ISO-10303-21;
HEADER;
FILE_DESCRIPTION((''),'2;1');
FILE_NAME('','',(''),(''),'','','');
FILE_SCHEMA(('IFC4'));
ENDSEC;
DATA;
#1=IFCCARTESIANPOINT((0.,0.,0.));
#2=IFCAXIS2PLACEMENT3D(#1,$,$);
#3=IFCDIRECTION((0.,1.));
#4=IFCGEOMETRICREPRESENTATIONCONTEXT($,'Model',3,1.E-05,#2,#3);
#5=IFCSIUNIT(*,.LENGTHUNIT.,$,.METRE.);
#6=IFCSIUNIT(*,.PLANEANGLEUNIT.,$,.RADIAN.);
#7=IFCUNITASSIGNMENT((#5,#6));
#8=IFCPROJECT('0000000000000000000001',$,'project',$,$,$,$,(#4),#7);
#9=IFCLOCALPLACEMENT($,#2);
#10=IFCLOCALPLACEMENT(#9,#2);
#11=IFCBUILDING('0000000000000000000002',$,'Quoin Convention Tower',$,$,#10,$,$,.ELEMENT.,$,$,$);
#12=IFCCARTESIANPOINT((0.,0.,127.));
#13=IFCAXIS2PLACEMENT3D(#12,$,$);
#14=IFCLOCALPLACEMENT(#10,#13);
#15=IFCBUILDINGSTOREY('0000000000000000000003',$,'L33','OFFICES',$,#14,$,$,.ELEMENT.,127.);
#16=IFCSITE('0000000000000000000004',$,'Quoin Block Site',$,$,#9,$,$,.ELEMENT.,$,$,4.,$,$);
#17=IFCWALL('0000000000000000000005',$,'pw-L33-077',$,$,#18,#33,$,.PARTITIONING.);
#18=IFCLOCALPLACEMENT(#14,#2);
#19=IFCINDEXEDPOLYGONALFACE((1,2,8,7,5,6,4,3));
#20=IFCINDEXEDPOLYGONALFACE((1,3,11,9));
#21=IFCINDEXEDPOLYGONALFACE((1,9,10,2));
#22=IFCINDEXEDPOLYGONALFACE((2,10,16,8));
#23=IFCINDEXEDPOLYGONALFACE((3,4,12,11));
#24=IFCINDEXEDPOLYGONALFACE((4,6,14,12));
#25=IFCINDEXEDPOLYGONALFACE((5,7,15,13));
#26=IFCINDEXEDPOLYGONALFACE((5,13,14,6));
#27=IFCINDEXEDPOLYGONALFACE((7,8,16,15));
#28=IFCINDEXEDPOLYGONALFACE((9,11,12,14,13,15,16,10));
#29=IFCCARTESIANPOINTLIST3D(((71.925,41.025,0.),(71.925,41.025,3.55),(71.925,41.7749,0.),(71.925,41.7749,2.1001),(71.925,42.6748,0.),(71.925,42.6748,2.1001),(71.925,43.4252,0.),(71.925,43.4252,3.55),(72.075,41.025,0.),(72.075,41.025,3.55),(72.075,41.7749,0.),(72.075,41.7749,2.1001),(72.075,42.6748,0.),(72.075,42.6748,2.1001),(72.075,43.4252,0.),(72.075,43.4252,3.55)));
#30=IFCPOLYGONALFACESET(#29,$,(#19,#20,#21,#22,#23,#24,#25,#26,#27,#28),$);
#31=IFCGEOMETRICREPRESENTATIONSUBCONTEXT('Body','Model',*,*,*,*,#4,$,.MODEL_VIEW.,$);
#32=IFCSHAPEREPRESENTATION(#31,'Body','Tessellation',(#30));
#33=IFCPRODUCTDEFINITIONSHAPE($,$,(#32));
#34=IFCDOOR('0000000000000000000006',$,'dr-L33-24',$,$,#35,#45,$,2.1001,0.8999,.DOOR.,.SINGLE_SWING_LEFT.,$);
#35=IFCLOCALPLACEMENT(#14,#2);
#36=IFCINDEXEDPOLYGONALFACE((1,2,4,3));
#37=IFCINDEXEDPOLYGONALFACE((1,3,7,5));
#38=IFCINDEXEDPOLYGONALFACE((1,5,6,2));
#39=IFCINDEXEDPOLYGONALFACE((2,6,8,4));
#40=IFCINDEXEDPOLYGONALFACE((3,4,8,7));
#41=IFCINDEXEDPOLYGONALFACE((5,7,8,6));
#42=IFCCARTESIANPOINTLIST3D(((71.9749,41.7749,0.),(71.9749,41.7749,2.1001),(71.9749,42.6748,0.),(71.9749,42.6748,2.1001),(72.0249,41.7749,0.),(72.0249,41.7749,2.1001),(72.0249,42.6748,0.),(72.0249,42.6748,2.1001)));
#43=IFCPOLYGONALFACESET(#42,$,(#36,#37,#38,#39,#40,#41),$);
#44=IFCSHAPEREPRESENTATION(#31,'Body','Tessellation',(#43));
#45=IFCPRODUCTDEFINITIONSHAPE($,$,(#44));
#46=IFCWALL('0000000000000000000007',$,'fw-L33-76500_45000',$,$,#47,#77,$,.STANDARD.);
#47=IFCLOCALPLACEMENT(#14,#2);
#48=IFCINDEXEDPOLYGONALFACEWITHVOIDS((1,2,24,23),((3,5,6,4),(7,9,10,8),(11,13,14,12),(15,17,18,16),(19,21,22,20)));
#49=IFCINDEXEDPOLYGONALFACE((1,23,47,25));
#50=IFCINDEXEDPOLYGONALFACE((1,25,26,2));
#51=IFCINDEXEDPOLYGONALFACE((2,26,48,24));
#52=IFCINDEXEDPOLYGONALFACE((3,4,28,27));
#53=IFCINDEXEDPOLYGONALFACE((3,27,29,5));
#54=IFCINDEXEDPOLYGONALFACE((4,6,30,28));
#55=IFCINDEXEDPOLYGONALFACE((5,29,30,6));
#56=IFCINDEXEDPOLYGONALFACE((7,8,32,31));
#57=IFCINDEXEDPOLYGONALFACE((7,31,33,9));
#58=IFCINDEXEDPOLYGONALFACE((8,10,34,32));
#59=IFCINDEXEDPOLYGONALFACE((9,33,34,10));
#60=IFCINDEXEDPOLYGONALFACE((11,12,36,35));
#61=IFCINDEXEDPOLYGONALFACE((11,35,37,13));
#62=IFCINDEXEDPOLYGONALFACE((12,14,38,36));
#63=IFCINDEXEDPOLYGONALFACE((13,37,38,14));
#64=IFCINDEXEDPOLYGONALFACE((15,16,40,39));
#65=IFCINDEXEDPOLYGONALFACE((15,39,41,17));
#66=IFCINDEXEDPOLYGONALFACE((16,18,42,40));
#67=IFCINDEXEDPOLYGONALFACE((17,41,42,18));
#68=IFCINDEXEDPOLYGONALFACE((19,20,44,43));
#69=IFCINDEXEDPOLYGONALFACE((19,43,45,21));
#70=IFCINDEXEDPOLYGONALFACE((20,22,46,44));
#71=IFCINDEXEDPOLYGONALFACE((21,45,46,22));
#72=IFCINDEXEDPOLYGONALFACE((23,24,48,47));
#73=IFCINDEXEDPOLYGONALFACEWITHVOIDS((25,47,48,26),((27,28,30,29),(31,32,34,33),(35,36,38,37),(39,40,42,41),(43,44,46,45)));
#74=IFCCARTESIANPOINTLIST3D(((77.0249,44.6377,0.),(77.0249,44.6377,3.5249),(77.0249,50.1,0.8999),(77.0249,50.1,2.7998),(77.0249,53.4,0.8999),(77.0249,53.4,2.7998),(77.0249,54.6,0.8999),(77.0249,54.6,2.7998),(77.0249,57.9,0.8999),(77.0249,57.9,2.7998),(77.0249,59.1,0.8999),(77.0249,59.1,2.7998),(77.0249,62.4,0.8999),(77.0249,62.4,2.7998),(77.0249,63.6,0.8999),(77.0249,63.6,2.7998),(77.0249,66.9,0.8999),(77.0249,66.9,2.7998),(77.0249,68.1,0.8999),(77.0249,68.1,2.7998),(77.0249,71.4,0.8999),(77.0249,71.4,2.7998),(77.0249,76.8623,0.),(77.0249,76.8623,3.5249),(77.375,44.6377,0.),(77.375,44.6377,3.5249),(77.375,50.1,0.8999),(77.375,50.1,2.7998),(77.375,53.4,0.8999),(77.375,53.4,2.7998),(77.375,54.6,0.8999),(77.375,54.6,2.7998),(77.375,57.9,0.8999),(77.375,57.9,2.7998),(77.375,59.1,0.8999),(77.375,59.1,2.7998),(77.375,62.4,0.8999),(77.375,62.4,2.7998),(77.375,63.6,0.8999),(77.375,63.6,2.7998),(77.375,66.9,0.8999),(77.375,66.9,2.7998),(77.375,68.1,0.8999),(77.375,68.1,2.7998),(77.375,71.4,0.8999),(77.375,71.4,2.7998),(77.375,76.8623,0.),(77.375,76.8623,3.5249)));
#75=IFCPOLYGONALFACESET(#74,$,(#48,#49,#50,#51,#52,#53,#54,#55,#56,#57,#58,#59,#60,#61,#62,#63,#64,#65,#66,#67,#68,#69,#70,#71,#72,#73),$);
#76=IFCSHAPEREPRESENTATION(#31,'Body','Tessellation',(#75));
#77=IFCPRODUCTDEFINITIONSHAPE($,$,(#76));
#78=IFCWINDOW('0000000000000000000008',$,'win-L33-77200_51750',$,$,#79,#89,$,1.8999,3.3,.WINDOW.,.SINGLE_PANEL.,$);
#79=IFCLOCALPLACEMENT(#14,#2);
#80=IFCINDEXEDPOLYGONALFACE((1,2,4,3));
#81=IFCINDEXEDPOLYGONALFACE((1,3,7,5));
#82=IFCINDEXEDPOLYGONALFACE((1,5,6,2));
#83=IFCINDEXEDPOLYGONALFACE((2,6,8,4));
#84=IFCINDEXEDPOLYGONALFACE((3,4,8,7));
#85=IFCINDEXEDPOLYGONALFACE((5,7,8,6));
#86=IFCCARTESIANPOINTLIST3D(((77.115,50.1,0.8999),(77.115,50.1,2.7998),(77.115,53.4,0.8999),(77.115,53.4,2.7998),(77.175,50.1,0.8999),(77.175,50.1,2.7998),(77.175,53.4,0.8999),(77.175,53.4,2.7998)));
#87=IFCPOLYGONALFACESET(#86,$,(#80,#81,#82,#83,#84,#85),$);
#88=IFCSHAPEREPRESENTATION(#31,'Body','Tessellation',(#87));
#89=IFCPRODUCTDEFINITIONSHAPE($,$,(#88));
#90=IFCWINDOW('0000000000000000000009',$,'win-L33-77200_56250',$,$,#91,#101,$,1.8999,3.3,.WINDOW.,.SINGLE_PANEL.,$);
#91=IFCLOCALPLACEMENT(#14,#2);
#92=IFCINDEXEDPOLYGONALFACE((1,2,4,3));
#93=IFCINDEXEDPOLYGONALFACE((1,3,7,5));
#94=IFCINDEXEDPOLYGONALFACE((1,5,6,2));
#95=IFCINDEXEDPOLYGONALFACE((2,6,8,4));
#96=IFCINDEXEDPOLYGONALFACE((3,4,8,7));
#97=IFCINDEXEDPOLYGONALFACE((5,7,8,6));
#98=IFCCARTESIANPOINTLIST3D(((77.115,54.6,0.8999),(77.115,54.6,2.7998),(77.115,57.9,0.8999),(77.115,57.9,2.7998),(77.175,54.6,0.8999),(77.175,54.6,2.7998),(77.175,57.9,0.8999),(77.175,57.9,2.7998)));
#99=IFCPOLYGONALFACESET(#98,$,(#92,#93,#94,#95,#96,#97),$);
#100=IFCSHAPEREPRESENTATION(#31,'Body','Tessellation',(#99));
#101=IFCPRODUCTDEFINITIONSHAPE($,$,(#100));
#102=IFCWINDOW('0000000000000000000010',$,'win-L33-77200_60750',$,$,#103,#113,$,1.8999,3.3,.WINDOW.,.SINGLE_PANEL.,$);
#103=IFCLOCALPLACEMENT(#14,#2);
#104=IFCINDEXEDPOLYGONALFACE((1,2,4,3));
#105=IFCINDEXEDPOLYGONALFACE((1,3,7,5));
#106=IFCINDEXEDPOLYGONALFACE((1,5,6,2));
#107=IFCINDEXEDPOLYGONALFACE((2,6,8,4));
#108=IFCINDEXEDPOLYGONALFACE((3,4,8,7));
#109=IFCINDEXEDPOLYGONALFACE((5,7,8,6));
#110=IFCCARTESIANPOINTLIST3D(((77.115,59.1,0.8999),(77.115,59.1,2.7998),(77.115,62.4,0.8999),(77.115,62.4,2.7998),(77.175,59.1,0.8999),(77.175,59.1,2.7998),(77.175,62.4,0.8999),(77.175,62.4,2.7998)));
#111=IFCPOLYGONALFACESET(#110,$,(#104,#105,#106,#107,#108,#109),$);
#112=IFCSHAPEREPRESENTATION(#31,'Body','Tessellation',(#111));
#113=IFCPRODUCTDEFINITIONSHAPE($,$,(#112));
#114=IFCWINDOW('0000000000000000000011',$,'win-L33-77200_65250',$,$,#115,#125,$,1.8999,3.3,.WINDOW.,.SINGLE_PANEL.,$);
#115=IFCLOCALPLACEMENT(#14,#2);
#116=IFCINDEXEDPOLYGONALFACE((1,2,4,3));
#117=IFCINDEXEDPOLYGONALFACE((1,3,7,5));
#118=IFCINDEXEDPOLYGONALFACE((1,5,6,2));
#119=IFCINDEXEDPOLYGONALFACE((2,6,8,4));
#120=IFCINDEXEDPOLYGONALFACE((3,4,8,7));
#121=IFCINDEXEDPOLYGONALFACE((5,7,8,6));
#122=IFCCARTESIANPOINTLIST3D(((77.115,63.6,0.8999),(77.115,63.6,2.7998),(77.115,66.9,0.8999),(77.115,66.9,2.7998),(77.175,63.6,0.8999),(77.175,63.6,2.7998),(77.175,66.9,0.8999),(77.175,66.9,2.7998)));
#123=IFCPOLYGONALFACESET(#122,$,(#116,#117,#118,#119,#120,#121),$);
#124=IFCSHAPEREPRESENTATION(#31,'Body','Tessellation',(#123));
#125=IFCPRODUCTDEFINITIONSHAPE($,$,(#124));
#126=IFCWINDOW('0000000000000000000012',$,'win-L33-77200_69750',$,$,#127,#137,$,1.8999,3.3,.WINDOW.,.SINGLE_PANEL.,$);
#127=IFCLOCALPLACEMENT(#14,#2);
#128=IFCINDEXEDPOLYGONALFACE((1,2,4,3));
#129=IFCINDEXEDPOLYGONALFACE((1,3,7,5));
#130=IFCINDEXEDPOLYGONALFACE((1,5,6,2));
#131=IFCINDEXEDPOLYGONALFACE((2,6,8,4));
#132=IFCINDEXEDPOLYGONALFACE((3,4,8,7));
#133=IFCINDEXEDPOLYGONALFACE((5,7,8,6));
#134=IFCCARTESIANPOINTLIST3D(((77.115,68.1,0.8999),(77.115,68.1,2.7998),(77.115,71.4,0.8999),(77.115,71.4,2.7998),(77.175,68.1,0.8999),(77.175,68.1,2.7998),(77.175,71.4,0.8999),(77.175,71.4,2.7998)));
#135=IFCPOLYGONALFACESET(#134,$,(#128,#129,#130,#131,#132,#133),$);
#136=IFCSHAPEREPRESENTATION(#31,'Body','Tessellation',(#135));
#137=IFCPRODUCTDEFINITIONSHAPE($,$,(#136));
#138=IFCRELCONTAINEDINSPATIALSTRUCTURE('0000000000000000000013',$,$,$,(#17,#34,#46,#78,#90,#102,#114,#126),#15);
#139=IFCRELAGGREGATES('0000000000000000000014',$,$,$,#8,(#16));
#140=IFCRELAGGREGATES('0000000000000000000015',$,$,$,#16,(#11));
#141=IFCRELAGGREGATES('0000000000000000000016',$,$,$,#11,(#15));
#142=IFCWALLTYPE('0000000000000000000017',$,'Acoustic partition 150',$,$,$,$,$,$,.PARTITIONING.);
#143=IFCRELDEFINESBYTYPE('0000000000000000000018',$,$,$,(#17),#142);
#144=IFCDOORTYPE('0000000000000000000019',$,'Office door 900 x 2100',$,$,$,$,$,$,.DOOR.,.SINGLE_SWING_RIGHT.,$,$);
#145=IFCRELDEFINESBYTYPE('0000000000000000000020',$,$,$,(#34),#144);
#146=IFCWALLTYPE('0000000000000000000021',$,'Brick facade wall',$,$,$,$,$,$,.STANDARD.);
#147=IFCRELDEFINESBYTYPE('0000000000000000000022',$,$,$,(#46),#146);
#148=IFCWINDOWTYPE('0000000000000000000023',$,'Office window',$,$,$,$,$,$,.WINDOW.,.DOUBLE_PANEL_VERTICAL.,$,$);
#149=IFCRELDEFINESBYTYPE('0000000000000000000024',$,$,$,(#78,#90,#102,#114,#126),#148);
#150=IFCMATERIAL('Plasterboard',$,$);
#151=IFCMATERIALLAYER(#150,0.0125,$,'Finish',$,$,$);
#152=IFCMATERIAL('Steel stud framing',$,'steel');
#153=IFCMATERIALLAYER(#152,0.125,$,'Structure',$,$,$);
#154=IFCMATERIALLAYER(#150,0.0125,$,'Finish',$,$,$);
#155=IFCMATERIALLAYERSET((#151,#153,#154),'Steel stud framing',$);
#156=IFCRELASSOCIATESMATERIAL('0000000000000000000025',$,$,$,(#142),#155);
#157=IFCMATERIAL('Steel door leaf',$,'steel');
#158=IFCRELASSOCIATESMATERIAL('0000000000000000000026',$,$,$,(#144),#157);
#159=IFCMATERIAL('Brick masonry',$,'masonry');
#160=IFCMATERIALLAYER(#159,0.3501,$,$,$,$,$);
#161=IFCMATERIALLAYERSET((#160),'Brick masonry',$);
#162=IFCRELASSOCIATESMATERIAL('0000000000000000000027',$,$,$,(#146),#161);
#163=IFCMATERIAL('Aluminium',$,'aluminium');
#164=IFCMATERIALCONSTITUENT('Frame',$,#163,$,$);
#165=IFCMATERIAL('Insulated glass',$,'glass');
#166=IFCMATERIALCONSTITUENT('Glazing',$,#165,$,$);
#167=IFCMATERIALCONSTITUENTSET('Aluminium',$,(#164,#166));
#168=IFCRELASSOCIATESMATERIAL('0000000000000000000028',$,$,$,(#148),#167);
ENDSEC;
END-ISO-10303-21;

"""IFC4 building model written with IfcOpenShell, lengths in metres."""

from ifc_helpers import new_model, si_unit, direction, frame, frame_2d, origin, place, context, subcontext, project, spatial, rectangle, extrude, material, layer, layer_set, constituent, constituent_set, type_object, element, fill, save


model = new_model("IFC4")

# Units and contexts
model_context = context("Model", 3, precision=1e-05, world=origin(), true_north=direction((0.0, 1.0)))
body_context = subcontext(model_context, "Body", "Model", "MODEL_VIEW")
ifc_project = project(units=[si_unit("LENGTHUNIT", "METRE"), si_unit("PLANEANGLEUNIT", "RADIAN")], contexts=[model_context])

# Site, building, storey
site_placement = place(None, origin())
site = spatial("IfcSite", under=ifc_project, at=site_placement, Name="Quoin Block Site", CompositionType="ELEMENT", RefElevation=4.0)
building_placement = place(site_placement, origin())
building = spatial("IfcBuilding", under=site, at=building_placement, Name="Quoin Convention Tower", CompositionType="ELEMENT")
storey_placement = place(building_placement, frame((0.0, 0.0, 127.0)))
storey = spatial("IfcBuildingStorey", under=building, at=storey_placement, Name="L33", Description="OFFICES", CompositionType="ELEMENT", Elevation=127.0)

# Wall, opening, door
ifc_material_1 = material(Name="Plasterboard")
ifc_layer_1 = layer(ifc_material_1, 0.0125, Name="Finish")
ifc_material_2 = material(Name="Steel stud framing", Category="steel")
ifc_layer_2 = layer(ifc_material_2, 0.125, Name="Structure")
ifc_layer_3 = layer(ifc_material_1, 0.0125, Name="Finish")
ifc_layer_set_1 = layer_set([ifc_layer_1, ifc_layer_2, ifc_layer_3], Name="Steel stud framing")
wall_type_1 = type_object("IfcWallType", Name="Acoustic partition 150", PredefinedType="PARTITIONING", material=ifc_layer_set_1)
wall_1_placement = place(storey_placement, frame((72.0, 41.0249, 0.0), z_axis=(0.0, 0.0, 1.0), x_axis=(0.0, 1.0, 0.0)))
wall_1 = element("IfcWall", 1, at=wall_1_placement, inside=storey, type_object=wall_type_1, Name="pw-L33-077", PredefinedType="PARTITIONING", context=body_context, shape_type="SweptSolid", body=[
    extrude(rectangle(XDim=2.4001, YDim=0.1499, at=frame_2d((1.2002, 0.0))), origin(), (0.0, 0.0, 1.0), 3.55),
])
opening_1_placement = place(wall_1_placement, frame((0.75, 0.0, 0.0)))
opening_1 = element("IfcOpeningElement", 2, at=opening_1_placement, cuts=wall_1, PredefinedType="OPENING", context=body_context, shape_type="SweptSolid", body=[
    extrude(rectangle(XDim=0.8999, YDim=2.1001, at=frame_2d((0.45, 1.05))), frame((0.0, 0.085, 0.0), z_axis=(0.0, -1.0, 0.0), x_axis=(1.0, 0.0, 0.0)), (0.0, 0.0, 1.0), 0.1699),
])
ifc_material_3 = material(Name="Steel door leaf", Category="steel")
door_type_1 = type_object("IfcDoorType", Name="Office door 900 x 2100", OperationType="SINGLE_SWING_RIGHT", PredefinedType="DOOR", material=ifc_material_3)
door_1_placement = place(opening_1_placement, frame((0.8999, 0.0, 0.0), z_axis=(0.0, 0.0, 1.0), x_axis=(-1.0, 0.0, 0.0)))
door_1 = element("IfcDoor", 3, at=door_1_placement, inside=storey, type_object=door_type_1, Name="dr-L33-24", OperationType="SINGLE_SWING_LEFT", OverallHeight=2.1001, OverallWidth=0.8999, PredefinedType="DOOR", context=body_context, shape_type="SweptSolid", body=[
    extrude(rectangle(XDim=0.8999, YDim=2.1001, at=frame_2d((0.45, 1.05))), frame((0.0, 0.0249, 0.0), z_axis=(0.0, -1.0, 0.0), x_axis=(1.0, 0.0, 0.0)), (0.0, 0.0, 1.0), 0.05),
])
fill(opening_1, door_1)

# Wall, openings, windows
ifc_material_4 = material(Name="Brick masonry", Category="masonry")
ifc_layer_4 = layer(ifc_material_4, 0.3501)
ifc_layer_set_2 = layer_set([ifc_layer_4], Name="Brick masonry")
wall_type_2 = type_object("IfcWallType", Name="Brick facade wall", PredefinedType="STANDARD", material=ifc_layer_set_2)
wall_2_placement = place(storey_placement, frame((77.2, 44.6377, 0.0), z_axis=(0.0, 0.0, 1.0), x_axis=(0.0, 1.0, 0.0)))
wall_2 = element("IfcWall", 4, at=wall_2_placement, inside=storey, type_object=wall_type_2, Name="fw-L33-76500_45000", PredefinedType="STANDARD", context=body_context, shape_type="SweptSolid", body=[
    extrude(rectangle(XDim=32.2246, YDim=0.3501, at=frame_2d((16.1123, 0.0))), origin(), (0.0, 0.0, 1.0), 3.5249),
])
opening_2_placement = place(wall_2_placement, frame((5.4624, 0.0, 0.8999)))
opening_2 = element("IfcOpeningElement", 5, at=opening_2_placement, cuts=wall_2, PredefinedType="OPENING", context=body_context, shape_type="SweptSolid", body=[
    extrude(rectangle(XDim=3.3, YDim=1.8999, at=frame_2d((1.6499, 0.95))), frame((0.0, 0.1851, 0.0), z_axis=(0.0, -1.0, 0.0), x_axis=(1.0, 0.0, 0.0)), (0.0, 0.0, 1.0), 0.3701),
])
opening_3_placement = place(wall_2_placement, frame((9.9624, 0.0, 0.8999)))
opening_3 = element("IfcOpeningElement", 6, at=opening_3_placement, cuts=wall_2, PredefinedType="OPENING", context=body_context, shape_type="SweptSolid", body=[
    extrude(rectangle(XDim=3.3, YDim=1.8999, at=frame_2d((1.6499, 0.95))), frame((0.0, 0.1851, 0.0), z_axis=(0.0, -1.0, 0.0), x_axis=(1.0, 0.0, 0.0)), (0.0, 0.0, 1.0), 0.3701),
])
opening_4_placement = place(wall_2_placement, frame((14.4624, 0.0, 0.8999)))
opening_4 = element("IfcOpeningElement", 7, at=opening_4_placement, cuts=wall_2, PredefinedType="OPENING", context=body_context, shape_type="SweptSolid", body=[
    extrude(rectangle(XDim=3.3, YDim=1.8999, at=frame_2d((1.6499, 0.95))), frame((0.0, 0.1851, 0.0), z_axis=(0.0, -1.0, 0.0), x_axis=(1.0, 0.0, 0.0)), (0.0, 0.0, 1.0), 0.3701),
])
opening_5_placement = place(wall_2_placement, frame((18.9624, 0.0, 0.8999)))
opening_5 = element("IfcOpeningElement", 8, at=opening_5_placement, cuts=wall_2, PredefinedType="OPENING", context=body_context, shape_type="SweptSolid", body=[
    extrude(rectangle(XDim=3.3, YDim=1.8999, at=frame_2d((1.6499, 0.95))), frame((0.0, 0.1851, 0.0), z_axis=(0.0, -1.0, 0.0), x_axis=(1.0, 0.0, 0.0)), (0.0, 0.0, 1.0), 0.3701),
])
opening_6_placement = place(wall_2_placement, frame((23.4624, 0.0, 0.8999)))
opening_6 = element("IfcOpeningElement", 9, at=opening_6_placement, cuts=wall_2, PredefinedType="OPENING", context=body_context, shape_type="SweptSolid", body=[
    extrude(rectangle(XDim=3.3, YDim=1.8999, at=frame_2d((1.6499, 0.95))), frame((0.0, 0.1851, 0.0), z_axis=(0.0, -1.0, 0.0), x_axis=(1.0, 0.0, 0.0)), (0.0, 0.0, 1.0), 0.3701),
])
ifc_material_5 = material(Name="Aluminium", Category="aluminium")
ifc_constituent_1 = constituent(ifc_material_5, Name="Frame")
ifc_material_6 = material(Name="Insulated glass", Category="glass")
ifc_constituent_2 = constituent(ifc_material_6, Name="Glazing")
ifc_constituent_set = constituent_set(constituents=[ifc_constituent_1, ifc_constituent_2], Name="Aluminium")
window_type = type_object("IfcWindowType", Name="Office window", PartitioningType="DOUBLE_PANEL_VERTICAL", PredefinedType="WINDOW", material=ifc_constituent_set)
window_1_placement = place(opening_2_placement, origin())
window_1 = element("IfcWindow", 10, at=window_1_placement, inside=storey, type_object=window_type, Name="win-L33-77200_51750", OverallHeight=1.8999, OverallWidth=3.3, PartitioningType="SINGLE_PANEL", PredefinedType="WINDOW", context=body_context, shape_type="SweptSolid", body=[
    extrude(rectangle(XDim=3.3, YDim=1.8999, at=frame_2d((1.6499, 0.95))), frame((0.0, 0.085, 0.0), z_axis=(0.0, -1.0, 0.0), x_axis=(1.0, 0.0, 0.0)), (0.0, 0.0, 1.0), 0.0601),
])
fill(opening_2, window_1)
window_2_placement = place(opening_3_placement, origin())
window_2 = element("IfcWindow", 11, at=window_2_placement, inside=storey, type_object=window_type, Name="win-L33-77200_56250", OverallHeight=1.8999, OverallWidth=3.3, PartitioningType="SINGLE_PANEL", PredefinedType="WINDOW", context=body_context, shape_type="SweptSolid", body=[
    extrude(rectangle(XDim=3.3, YDim=1.8999, at=frame_2d((1.6499, 0.95))), frame((0.0, 0.085, 0.0), z_axis=(0.0, -1.0, 0.0), x_axis=(1.0, 0.0, 0.0)), (0.0, 0.0, 1.0), 0.0601),
])
fill(opening_3, window_2)
window_3_placement = place(opening_4_placement, origin())
window_3 = element("IfcWindow", 12, at=window_3_placement, inside=storey, type_object=window_type, Name="win-L33-77200_60750", OverallHeight=1.8999, OverallWidth=3.3, PartitioningType="SINGLE_PANEL", PredefinedType="WINDOW", context=body_context, shape_type="SweptSolid", body=[
    extrude(rectangle(XDim=3.3, YDim=1.8999, at=frame_2d((1.6499, 0.95))), frame((0.0, 0.085, 0.0), z_axis=(0.0, -1.0, 0.0), x_axis=(1.0, 0.0, 0.0)), (0.0, 0.0, 1.0), 0.0601),
])
fill(opening_4, window_3)
window_4_placement = place(opening_5_placement, origin())
window_4 = element("IfcWindow", 13, at=window_4_placement, inside=storey, type_object=window_type, Name="win-L33-77200_65250", OverallHeight=1.8999, OverallWidth=3.3, PartitioningType="SINGLE_PANEL", PredefinedType="WINDOW", context=body_context, shape_type="SweptSolid", body=[
    extrude(rectangle(XDim=3.3, YDim=1.8999, at=frame_2d((1.6499, 0.95))), frame((0.0, 0.085, 0.0), z_axis=(0.0, -1.0, 0.0), x_axis=(1.0, 0.0, 0.0)), (0.0, 0.0, 1.0), 0.0601),
])
fill(opening_5, window_4)
window_5_placement = place(opening_6_placement, origin())
window_5 = element("IfcWindow", 14, at=window_5_placement, inside=storey, type_object=window_type, Name="win-L33-77200_69750", OverallHeight=1.8999, OverallWidth=3.3, PartitioningType="SINGLE_PANEL", PredefinedType="WINDOW", context=body_context, shape_type="SweptSolid", body=[
    extrude(rectangle(XDim=3.3, YDim=1.8999, at=frame_2d((1.6499, 0.95))), frame((0.0, 0.085, 0.0), z_axis=(0.0, -1.0, 0.0), x_axis=(1.0, 0.0, 0.0)), (0.0, 0.0, 1.0), 0.0601),
])
fill(opening_6, window_5)

save(model, "model.ifc")
